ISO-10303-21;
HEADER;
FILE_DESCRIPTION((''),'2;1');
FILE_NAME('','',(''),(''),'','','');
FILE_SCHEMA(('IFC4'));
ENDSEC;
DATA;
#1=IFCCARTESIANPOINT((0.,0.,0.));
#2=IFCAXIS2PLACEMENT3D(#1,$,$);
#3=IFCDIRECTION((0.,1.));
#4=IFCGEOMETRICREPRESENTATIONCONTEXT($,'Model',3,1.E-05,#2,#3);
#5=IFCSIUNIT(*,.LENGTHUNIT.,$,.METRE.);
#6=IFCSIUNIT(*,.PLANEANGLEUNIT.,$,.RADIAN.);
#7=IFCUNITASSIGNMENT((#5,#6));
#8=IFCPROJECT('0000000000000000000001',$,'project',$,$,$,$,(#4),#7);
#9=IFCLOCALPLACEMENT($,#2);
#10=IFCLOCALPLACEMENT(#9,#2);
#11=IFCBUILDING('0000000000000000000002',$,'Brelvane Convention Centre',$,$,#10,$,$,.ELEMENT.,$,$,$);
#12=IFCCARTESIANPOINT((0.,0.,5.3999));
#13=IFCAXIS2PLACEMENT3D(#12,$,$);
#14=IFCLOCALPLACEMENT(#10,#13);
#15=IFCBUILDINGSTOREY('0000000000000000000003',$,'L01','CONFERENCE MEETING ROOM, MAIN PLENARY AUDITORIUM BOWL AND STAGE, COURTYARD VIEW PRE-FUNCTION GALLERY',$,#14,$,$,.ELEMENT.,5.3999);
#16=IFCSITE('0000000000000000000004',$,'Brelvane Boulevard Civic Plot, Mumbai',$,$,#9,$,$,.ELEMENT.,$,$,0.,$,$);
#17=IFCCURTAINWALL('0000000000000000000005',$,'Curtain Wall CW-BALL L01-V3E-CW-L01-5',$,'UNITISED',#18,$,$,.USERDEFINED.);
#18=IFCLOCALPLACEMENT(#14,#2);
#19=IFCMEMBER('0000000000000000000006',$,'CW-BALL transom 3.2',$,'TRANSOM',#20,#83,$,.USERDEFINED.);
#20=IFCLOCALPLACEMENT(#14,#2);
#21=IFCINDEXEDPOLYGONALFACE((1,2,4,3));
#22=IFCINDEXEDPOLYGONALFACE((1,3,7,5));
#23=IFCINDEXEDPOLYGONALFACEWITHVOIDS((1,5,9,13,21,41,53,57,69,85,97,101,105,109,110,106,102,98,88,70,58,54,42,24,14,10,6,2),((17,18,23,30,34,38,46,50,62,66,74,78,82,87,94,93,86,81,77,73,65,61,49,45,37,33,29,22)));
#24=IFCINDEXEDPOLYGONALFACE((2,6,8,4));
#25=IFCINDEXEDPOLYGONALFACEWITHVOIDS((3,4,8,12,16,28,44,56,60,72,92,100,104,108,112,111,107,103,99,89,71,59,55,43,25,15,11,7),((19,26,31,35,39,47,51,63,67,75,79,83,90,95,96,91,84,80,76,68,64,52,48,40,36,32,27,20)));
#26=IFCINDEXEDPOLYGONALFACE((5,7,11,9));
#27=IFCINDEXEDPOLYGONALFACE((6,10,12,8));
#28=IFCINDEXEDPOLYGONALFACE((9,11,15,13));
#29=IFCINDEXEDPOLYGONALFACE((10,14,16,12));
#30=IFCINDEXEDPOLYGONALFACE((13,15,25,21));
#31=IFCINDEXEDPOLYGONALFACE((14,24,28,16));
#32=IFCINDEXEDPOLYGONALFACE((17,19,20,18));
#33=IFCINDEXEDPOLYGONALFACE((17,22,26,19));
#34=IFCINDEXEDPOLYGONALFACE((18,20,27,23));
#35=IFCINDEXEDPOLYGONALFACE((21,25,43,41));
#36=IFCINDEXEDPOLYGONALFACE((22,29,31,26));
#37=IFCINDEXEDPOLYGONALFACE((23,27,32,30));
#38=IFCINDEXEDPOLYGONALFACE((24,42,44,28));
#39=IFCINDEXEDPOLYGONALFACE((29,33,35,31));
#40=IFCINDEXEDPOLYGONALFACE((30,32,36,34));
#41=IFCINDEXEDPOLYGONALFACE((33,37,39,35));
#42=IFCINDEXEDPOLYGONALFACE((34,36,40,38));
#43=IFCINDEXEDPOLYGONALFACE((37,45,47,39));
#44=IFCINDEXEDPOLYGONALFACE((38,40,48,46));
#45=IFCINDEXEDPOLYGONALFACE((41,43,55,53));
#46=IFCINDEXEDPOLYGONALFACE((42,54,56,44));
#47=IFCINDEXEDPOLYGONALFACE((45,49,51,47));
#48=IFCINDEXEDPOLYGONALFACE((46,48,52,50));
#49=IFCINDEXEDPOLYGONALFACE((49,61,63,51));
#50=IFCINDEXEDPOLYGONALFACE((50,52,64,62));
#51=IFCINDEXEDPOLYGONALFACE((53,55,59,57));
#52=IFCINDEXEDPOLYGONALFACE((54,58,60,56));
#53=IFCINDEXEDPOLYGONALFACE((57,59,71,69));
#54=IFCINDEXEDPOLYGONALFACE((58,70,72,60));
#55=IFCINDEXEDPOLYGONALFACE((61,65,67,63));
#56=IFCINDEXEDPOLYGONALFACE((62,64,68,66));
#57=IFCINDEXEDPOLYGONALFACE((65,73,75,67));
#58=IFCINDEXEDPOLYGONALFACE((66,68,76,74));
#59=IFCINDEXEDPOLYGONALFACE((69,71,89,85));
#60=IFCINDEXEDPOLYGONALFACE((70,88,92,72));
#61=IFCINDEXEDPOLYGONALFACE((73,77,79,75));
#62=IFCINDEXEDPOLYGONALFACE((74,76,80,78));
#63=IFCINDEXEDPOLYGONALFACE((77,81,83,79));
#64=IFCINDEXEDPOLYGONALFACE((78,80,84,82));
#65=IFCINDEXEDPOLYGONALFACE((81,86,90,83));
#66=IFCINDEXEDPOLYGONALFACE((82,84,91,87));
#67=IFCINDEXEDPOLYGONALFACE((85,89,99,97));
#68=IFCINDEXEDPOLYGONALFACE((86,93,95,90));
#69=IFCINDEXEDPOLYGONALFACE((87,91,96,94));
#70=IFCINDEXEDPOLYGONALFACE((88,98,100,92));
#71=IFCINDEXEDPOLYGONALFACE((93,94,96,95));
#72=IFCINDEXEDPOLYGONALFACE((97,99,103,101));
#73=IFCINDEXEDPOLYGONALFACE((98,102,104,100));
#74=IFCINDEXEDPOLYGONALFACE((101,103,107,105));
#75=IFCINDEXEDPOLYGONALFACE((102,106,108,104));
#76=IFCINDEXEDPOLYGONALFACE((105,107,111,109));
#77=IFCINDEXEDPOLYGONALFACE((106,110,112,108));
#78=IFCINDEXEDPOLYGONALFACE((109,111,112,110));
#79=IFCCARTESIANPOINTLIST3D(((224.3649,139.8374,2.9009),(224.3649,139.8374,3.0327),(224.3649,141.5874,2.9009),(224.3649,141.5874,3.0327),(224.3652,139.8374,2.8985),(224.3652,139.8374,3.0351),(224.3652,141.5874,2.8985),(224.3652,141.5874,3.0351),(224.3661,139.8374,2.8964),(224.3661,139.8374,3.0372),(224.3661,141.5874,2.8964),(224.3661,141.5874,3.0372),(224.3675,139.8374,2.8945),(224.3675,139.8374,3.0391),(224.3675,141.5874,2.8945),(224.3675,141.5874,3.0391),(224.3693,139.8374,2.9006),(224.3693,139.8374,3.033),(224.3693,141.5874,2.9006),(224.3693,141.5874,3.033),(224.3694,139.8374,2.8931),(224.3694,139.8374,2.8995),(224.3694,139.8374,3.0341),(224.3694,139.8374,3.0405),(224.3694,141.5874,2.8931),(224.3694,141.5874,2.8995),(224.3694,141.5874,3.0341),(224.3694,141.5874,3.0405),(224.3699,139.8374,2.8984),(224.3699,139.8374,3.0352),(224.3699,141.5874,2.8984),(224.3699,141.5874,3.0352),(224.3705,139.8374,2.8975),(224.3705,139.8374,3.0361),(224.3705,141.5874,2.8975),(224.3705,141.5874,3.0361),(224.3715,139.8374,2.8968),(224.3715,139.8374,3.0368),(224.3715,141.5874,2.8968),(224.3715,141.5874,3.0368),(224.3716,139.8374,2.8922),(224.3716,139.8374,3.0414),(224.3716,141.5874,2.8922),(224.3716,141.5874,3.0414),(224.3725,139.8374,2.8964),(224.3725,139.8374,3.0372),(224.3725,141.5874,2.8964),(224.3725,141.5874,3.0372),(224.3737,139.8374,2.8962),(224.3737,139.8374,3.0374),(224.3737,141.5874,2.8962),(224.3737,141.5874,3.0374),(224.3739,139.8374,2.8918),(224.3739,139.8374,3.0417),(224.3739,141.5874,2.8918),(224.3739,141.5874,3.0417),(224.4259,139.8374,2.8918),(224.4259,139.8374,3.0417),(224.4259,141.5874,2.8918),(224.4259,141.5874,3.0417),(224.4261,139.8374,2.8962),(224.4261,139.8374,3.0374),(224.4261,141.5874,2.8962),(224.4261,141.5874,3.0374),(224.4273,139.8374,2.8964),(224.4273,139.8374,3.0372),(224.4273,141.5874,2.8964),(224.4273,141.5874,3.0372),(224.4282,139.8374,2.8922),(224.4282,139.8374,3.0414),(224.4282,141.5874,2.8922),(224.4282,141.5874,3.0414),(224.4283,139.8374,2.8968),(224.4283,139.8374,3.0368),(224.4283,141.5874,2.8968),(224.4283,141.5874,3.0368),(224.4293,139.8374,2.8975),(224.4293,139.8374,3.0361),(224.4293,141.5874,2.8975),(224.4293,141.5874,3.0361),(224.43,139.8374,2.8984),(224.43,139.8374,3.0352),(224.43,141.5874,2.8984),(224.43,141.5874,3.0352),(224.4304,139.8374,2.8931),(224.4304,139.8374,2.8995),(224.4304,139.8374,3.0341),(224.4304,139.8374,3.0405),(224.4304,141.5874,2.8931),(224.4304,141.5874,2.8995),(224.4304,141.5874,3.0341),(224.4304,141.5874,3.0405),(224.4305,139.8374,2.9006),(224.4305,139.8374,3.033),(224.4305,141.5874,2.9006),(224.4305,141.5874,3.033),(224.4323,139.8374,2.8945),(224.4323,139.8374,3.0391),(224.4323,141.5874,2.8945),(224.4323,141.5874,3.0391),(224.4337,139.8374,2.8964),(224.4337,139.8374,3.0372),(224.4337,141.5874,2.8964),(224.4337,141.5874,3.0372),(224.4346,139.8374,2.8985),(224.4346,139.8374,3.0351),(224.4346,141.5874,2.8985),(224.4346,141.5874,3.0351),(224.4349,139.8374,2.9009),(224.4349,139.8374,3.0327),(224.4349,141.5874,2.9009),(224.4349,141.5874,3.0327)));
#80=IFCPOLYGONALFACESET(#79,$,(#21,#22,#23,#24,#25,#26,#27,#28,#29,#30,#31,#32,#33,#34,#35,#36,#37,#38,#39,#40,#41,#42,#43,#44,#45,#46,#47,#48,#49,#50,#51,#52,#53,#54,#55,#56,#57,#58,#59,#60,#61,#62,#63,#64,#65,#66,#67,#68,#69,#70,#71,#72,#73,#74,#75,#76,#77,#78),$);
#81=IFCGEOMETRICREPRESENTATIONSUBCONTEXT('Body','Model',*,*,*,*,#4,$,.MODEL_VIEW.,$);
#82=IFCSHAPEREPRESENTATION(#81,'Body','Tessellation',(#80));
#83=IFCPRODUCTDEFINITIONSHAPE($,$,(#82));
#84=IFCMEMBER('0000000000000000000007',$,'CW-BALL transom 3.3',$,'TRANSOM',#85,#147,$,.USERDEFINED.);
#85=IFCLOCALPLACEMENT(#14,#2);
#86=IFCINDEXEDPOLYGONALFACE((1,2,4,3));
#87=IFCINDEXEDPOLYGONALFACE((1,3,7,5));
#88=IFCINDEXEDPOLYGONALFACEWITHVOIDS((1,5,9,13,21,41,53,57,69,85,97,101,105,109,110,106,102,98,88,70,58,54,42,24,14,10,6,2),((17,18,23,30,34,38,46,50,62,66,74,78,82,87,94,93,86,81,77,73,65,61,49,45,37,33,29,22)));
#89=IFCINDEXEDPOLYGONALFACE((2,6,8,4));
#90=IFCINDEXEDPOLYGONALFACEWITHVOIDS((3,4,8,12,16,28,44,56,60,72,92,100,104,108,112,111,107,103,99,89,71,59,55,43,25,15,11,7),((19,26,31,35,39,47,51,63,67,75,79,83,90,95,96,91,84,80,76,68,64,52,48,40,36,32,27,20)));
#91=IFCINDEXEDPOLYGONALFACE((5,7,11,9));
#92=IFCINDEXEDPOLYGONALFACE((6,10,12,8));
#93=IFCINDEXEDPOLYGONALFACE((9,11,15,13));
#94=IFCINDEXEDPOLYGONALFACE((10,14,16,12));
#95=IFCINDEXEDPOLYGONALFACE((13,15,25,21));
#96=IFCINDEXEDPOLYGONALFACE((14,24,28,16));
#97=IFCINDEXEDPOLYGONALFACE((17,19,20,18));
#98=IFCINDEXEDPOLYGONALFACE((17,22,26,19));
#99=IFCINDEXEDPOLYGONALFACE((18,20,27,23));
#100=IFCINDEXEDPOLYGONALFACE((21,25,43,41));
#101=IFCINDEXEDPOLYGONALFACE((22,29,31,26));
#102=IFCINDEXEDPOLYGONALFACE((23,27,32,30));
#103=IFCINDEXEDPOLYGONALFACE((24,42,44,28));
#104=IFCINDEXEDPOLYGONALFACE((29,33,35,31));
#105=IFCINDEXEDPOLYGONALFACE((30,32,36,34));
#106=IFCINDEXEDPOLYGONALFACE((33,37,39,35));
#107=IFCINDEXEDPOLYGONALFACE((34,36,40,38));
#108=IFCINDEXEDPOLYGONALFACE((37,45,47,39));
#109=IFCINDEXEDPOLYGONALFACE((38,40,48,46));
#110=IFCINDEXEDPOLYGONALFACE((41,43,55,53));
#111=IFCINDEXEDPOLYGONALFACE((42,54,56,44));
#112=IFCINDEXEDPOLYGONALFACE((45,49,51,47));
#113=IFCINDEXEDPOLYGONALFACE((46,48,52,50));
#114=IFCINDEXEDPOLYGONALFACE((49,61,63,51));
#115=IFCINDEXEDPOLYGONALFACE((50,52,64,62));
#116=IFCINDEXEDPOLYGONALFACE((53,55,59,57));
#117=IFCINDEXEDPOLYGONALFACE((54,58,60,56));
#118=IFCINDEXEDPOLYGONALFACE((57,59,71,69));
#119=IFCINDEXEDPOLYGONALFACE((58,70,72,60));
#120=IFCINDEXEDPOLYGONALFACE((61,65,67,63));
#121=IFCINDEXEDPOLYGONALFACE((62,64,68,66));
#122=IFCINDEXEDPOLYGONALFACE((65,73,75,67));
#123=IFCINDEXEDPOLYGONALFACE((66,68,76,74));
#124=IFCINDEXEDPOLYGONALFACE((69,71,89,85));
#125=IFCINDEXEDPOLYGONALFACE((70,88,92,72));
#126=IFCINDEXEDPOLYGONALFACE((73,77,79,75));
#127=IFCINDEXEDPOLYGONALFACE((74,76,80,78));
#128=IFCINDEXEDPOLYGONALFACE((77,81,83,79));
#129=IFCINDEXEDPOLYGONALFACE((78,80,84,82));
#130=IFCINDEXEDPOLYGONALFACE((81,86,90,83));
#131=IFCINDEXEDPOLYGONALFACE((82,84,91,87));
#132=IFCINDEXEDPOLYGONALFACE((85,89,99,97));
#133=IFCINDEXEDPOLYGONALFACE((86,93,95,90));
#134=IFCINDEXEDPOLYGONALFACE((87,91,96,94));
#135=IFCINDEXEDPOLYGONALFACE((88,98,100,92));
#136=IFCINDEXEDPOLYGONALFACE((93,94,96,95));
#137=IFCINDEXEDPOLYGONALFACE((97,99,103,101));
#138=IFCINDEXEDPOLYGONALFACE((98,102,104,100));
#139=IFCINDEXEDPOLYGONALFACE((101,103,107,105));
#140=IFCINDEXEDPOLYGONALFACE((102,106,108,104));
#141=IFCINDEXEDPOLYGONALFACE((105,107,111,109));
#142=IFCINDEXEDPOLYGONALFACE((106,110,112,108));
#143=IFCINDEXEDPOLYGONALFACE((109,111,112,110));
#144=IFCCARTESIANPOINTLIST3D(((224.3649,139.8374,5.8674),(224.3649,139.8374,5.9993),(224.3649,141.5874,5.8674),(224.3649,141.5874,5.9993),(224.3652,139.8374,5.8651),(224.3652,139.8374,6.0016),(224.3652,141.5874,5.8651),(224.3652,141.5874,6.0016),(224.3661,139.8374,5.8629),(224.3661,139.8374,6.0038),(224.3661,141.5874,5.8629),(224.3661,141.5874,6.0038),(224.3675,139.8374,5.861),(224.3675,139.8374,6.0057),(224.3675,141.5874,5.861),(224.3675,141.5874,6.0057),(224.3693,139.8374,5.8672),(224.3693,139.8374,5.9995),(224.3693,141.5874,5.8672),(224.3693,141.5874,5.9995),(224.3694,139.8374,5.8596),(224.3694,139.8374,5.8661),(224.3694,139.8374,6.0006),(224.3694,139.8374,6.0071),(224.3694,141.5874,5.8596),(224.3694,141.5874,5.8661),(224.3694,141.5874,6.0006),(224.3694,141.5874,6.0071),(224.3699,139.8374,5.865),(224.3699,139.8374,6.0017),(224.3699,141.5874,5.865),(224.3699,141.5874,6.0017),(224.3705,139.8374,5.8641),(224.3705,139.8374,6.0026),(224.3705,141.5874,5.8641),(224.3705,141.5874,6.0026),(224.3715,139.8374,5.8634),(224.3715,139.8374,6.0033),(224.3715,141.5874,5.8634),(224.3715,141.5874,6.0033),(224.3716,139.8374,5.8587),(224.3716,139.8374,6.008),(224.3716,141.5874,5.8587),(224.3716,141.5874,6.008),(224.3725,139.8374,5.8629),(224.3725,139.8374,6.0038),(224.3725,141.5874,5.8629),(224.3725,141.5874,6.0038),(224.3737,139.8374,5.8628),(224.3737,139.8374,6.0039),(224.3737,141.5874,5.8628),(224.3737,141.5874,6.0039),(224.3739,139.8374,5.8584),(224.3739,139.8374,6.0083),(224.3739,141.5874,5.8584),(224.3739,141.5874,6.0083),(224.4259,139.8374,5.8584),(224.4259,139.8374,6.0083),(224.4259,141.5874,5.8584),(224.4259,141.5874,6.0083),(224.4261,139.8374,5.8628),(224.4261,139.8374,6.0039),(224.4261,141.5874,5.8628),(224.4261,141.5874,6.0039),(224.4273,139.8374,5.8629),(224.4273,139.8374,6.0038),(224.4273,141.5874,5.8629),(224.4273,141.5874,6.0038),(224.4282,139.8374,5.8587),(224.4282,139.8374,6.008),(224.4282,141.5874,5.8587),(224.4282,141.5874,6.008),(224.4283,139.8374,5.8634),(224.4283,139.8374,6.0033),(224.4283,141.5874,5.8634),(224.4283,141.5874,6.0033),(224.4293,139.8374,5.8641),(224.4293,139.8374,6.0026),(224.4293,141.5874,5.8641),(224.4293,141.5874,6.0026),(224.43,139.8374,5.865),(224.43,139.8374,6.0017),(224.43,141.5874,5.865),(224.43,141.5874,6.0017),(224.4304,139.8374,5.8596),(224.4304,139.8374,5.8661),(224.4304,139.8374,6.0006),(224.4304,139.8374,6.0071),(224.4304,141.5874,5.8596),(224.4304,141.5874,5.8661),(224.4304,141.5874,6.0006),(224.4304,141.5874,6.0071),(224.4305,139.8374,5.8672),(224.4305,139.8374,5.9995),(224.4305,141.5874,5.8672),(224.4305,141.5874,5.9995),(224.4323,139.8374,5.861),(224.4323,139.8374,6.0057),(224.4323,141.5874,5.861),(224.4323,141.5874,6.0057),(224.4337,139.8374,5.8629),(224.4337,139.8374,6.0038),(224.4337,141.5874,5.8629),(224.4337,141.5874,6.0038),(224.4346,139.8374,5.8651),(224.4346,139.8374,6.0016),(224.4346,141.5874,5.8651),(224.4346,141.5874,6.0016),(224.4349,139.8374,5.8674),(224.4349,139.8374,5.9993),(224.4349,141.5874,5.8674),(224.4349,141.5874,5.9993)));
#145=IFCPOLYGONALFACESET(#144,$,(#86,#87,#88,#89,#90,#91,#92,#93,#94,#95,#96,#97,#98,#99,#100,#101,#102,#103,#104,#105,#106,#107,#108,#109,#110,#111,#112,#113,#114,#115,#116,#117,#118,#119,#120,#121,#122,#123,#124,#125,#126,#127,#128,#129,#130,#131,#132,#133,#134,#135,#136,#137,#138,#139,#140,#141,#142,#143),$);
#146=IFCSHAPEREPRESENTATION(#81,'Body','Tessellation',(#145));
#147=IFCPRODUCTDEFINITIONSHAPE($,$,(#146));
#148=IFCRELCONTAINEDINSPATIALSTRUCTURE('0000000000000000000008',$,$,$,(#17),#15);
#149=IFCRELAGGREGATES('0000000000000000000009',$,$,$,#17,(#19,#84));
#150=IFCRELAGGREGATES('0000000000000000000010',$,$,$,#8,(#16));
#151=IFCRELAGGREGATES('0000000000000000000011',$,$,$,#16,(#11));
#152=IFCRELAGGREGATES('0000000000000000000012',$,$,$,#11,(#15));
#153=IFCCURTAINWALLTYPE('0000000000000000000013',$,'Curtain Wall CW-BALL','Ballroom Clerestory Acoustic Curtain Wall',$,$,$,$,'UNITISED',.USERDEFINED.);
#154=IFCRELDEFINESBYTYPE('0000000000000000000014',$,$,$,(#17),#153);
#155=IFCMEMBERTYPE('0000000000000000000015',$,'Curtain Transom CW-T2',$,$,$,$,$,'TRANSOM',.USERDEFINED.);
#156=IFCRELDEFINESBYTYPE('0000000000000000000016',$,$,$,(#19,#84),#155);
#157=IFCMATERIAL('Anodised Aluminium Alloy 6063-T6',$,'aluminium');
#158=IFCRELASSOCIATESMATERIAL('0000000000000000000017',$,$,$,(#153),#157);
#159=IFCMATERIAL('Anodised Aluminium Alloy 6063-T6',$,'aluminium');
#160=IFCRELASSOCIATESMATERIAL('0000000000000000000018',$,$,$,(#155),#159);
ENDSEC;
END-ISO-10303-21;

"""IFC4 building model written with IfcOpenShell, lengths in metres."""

from ifc_helpers import new_model, si_unit, direction, frame, origin, origin_2d, place, context, subcontext, project, spatial, hollow_rectangle, extrude, material, material_profile, profile_set, type_object, element, aggregate, save


model = new_model("IFC4")

# Units and contexts
model_context = context("Model", 3, precision=1e-05, world=origin(), true_north=direction((0.0, 1.0)))
body_context = subcontext(model_context, "Body", "Model", "MODEL_VIEW")
ifc_project = project(units=[si_unit("LENGTHUNIT", "METRE"), si_unit("PLANEANGLEUNIT", "RADIAN")], contexts=[model_context])

# Site, building, storey
site_placement = place(None, origin())
site = spatial("IfcSite", under=ifc_project, at=site_placement, Name="Brelvane Boulevard Civic Plot, Mumbai", CompositionType="ELEMENT", RefElevation=0.0)
building_placement = place(site_placement, origin())
building = spatial("IfcBuilding", under=site, at=building_placement, Name="Brelvane Convention Centre", CompositionType="ELEMENT")
storey_placement = place(building_placement, frame((0.0, 0.0, 5.3999)))
storey = spatial("IfcBuildingStorey", under=building, at=storey_placement, Name="L01", Description="CONFERENCE MEETING ROOM, MAIN PLENARY AUDITORIUM BOWL AND STAGE, COURTYARD VIEW PRE-FUNCTION GALLERY", CompositionType="ELEMENT", Elevation=5.3999)

# Curtain wall, members
ifc_material_1 = material(Name="Anodised Aluminium Alloy 6063-T6", Category="aluminium")
curtain_wall_type = type_object("IfcCurtainWallType", Name="Curtain Wall CW-BALL", Description="Ballroom Clerestory Acoustic Curtain Wall", ElementType="UNITISED", PredefinedType="USERDEFINED", material=ifc_material_1)
curtain_wall_placement = place(storey_placement, origin())
curtain_wall = element("IfcCurtainWall", 1, at=curtain_wall_placement, inside=storey, type_object=curtain_wall_type, Name="Curtain Wall CW-BALL L01-V3E-CW-L01-5", ObjectType="UNITISED", PredefinedType="USERDEFINED")
ifc_material_2 = material(Name="Anodised Aluminium Alloy 6063-T6", Category="aluminium")
ifc_material_profile_1 = material_profile(ifc_material_2, hollow_rectangle(XDim=0.0701, YDim=0.1499, WallThickness=0.0044, InnerFilletRadius=0.0044, OuterFilletRadius=0.009, at=origin_2d()), Name="ALU-T 150x70x4.5")
ifc_profile_set_1 = profile_set([ifc_material_profile_1], Name="Anodised Aluminium Alloy 6063-T6")
member_type_1 = type_object("IfcMemberType", Name="Curtain Transom CW-T2", ElementType="TRANSOM", PredefinedType="USERDEFINED", material=ifc_profile_set_1)
member_1_placement = place(storey_placement, frame((224.3999, 139.8374, 2.9668), z_axis=(0.0, 1.0, 0.0), x_axis=(-1.0, 0.0, 0.0)))
member_1 = element("IfcMember", 2, at=member_1_placement, type_object=member_type_1, Name="CW-BALL transom 3.2", ObjectType="TRANSOM", PredefinedType="USERDEFINED", context=body_context, shape_type="SweptSolid", body=[
    extrude(hollow_rectangle(XDim=0.0701, YDim=0.1499, WallThickness=0.0044, InnerFilletRadius=0.0044, OuterFilletRadius=0.009, at=origin_2d()), origin(), (0.0, 0.0, 1.0), 1.75),
])
member_2_placement = place(storey_placement, frame((224.3999, 139.8374, 5.9333), z_axis=(0.0, 1.0, 0.0), x_axis=(-1.0, 0.0, 0.0)))
member_2 = element("IfcMember", 3, at=member_2_placement, type_object=member_type_1, Name="CW-BALL transom 3.3", ObjectType="TRANSOM", PredefinedType="USERDEFINED", context=body_context, shape_type="SweptSolid", body=[
    extrude(hollow_rectangle(XDim=0.0701, YDim=0.1499, WallThickness=0.0044, InnerFilletRadius=0.0044, OuterFilletRadius=0.009, at=origin_2d()), origin(), (0.0, 0.0, 1.0), 1.75),
])
aggregate(curtain_wall, [member_1, member_2])

save(model, "model.ifc")
